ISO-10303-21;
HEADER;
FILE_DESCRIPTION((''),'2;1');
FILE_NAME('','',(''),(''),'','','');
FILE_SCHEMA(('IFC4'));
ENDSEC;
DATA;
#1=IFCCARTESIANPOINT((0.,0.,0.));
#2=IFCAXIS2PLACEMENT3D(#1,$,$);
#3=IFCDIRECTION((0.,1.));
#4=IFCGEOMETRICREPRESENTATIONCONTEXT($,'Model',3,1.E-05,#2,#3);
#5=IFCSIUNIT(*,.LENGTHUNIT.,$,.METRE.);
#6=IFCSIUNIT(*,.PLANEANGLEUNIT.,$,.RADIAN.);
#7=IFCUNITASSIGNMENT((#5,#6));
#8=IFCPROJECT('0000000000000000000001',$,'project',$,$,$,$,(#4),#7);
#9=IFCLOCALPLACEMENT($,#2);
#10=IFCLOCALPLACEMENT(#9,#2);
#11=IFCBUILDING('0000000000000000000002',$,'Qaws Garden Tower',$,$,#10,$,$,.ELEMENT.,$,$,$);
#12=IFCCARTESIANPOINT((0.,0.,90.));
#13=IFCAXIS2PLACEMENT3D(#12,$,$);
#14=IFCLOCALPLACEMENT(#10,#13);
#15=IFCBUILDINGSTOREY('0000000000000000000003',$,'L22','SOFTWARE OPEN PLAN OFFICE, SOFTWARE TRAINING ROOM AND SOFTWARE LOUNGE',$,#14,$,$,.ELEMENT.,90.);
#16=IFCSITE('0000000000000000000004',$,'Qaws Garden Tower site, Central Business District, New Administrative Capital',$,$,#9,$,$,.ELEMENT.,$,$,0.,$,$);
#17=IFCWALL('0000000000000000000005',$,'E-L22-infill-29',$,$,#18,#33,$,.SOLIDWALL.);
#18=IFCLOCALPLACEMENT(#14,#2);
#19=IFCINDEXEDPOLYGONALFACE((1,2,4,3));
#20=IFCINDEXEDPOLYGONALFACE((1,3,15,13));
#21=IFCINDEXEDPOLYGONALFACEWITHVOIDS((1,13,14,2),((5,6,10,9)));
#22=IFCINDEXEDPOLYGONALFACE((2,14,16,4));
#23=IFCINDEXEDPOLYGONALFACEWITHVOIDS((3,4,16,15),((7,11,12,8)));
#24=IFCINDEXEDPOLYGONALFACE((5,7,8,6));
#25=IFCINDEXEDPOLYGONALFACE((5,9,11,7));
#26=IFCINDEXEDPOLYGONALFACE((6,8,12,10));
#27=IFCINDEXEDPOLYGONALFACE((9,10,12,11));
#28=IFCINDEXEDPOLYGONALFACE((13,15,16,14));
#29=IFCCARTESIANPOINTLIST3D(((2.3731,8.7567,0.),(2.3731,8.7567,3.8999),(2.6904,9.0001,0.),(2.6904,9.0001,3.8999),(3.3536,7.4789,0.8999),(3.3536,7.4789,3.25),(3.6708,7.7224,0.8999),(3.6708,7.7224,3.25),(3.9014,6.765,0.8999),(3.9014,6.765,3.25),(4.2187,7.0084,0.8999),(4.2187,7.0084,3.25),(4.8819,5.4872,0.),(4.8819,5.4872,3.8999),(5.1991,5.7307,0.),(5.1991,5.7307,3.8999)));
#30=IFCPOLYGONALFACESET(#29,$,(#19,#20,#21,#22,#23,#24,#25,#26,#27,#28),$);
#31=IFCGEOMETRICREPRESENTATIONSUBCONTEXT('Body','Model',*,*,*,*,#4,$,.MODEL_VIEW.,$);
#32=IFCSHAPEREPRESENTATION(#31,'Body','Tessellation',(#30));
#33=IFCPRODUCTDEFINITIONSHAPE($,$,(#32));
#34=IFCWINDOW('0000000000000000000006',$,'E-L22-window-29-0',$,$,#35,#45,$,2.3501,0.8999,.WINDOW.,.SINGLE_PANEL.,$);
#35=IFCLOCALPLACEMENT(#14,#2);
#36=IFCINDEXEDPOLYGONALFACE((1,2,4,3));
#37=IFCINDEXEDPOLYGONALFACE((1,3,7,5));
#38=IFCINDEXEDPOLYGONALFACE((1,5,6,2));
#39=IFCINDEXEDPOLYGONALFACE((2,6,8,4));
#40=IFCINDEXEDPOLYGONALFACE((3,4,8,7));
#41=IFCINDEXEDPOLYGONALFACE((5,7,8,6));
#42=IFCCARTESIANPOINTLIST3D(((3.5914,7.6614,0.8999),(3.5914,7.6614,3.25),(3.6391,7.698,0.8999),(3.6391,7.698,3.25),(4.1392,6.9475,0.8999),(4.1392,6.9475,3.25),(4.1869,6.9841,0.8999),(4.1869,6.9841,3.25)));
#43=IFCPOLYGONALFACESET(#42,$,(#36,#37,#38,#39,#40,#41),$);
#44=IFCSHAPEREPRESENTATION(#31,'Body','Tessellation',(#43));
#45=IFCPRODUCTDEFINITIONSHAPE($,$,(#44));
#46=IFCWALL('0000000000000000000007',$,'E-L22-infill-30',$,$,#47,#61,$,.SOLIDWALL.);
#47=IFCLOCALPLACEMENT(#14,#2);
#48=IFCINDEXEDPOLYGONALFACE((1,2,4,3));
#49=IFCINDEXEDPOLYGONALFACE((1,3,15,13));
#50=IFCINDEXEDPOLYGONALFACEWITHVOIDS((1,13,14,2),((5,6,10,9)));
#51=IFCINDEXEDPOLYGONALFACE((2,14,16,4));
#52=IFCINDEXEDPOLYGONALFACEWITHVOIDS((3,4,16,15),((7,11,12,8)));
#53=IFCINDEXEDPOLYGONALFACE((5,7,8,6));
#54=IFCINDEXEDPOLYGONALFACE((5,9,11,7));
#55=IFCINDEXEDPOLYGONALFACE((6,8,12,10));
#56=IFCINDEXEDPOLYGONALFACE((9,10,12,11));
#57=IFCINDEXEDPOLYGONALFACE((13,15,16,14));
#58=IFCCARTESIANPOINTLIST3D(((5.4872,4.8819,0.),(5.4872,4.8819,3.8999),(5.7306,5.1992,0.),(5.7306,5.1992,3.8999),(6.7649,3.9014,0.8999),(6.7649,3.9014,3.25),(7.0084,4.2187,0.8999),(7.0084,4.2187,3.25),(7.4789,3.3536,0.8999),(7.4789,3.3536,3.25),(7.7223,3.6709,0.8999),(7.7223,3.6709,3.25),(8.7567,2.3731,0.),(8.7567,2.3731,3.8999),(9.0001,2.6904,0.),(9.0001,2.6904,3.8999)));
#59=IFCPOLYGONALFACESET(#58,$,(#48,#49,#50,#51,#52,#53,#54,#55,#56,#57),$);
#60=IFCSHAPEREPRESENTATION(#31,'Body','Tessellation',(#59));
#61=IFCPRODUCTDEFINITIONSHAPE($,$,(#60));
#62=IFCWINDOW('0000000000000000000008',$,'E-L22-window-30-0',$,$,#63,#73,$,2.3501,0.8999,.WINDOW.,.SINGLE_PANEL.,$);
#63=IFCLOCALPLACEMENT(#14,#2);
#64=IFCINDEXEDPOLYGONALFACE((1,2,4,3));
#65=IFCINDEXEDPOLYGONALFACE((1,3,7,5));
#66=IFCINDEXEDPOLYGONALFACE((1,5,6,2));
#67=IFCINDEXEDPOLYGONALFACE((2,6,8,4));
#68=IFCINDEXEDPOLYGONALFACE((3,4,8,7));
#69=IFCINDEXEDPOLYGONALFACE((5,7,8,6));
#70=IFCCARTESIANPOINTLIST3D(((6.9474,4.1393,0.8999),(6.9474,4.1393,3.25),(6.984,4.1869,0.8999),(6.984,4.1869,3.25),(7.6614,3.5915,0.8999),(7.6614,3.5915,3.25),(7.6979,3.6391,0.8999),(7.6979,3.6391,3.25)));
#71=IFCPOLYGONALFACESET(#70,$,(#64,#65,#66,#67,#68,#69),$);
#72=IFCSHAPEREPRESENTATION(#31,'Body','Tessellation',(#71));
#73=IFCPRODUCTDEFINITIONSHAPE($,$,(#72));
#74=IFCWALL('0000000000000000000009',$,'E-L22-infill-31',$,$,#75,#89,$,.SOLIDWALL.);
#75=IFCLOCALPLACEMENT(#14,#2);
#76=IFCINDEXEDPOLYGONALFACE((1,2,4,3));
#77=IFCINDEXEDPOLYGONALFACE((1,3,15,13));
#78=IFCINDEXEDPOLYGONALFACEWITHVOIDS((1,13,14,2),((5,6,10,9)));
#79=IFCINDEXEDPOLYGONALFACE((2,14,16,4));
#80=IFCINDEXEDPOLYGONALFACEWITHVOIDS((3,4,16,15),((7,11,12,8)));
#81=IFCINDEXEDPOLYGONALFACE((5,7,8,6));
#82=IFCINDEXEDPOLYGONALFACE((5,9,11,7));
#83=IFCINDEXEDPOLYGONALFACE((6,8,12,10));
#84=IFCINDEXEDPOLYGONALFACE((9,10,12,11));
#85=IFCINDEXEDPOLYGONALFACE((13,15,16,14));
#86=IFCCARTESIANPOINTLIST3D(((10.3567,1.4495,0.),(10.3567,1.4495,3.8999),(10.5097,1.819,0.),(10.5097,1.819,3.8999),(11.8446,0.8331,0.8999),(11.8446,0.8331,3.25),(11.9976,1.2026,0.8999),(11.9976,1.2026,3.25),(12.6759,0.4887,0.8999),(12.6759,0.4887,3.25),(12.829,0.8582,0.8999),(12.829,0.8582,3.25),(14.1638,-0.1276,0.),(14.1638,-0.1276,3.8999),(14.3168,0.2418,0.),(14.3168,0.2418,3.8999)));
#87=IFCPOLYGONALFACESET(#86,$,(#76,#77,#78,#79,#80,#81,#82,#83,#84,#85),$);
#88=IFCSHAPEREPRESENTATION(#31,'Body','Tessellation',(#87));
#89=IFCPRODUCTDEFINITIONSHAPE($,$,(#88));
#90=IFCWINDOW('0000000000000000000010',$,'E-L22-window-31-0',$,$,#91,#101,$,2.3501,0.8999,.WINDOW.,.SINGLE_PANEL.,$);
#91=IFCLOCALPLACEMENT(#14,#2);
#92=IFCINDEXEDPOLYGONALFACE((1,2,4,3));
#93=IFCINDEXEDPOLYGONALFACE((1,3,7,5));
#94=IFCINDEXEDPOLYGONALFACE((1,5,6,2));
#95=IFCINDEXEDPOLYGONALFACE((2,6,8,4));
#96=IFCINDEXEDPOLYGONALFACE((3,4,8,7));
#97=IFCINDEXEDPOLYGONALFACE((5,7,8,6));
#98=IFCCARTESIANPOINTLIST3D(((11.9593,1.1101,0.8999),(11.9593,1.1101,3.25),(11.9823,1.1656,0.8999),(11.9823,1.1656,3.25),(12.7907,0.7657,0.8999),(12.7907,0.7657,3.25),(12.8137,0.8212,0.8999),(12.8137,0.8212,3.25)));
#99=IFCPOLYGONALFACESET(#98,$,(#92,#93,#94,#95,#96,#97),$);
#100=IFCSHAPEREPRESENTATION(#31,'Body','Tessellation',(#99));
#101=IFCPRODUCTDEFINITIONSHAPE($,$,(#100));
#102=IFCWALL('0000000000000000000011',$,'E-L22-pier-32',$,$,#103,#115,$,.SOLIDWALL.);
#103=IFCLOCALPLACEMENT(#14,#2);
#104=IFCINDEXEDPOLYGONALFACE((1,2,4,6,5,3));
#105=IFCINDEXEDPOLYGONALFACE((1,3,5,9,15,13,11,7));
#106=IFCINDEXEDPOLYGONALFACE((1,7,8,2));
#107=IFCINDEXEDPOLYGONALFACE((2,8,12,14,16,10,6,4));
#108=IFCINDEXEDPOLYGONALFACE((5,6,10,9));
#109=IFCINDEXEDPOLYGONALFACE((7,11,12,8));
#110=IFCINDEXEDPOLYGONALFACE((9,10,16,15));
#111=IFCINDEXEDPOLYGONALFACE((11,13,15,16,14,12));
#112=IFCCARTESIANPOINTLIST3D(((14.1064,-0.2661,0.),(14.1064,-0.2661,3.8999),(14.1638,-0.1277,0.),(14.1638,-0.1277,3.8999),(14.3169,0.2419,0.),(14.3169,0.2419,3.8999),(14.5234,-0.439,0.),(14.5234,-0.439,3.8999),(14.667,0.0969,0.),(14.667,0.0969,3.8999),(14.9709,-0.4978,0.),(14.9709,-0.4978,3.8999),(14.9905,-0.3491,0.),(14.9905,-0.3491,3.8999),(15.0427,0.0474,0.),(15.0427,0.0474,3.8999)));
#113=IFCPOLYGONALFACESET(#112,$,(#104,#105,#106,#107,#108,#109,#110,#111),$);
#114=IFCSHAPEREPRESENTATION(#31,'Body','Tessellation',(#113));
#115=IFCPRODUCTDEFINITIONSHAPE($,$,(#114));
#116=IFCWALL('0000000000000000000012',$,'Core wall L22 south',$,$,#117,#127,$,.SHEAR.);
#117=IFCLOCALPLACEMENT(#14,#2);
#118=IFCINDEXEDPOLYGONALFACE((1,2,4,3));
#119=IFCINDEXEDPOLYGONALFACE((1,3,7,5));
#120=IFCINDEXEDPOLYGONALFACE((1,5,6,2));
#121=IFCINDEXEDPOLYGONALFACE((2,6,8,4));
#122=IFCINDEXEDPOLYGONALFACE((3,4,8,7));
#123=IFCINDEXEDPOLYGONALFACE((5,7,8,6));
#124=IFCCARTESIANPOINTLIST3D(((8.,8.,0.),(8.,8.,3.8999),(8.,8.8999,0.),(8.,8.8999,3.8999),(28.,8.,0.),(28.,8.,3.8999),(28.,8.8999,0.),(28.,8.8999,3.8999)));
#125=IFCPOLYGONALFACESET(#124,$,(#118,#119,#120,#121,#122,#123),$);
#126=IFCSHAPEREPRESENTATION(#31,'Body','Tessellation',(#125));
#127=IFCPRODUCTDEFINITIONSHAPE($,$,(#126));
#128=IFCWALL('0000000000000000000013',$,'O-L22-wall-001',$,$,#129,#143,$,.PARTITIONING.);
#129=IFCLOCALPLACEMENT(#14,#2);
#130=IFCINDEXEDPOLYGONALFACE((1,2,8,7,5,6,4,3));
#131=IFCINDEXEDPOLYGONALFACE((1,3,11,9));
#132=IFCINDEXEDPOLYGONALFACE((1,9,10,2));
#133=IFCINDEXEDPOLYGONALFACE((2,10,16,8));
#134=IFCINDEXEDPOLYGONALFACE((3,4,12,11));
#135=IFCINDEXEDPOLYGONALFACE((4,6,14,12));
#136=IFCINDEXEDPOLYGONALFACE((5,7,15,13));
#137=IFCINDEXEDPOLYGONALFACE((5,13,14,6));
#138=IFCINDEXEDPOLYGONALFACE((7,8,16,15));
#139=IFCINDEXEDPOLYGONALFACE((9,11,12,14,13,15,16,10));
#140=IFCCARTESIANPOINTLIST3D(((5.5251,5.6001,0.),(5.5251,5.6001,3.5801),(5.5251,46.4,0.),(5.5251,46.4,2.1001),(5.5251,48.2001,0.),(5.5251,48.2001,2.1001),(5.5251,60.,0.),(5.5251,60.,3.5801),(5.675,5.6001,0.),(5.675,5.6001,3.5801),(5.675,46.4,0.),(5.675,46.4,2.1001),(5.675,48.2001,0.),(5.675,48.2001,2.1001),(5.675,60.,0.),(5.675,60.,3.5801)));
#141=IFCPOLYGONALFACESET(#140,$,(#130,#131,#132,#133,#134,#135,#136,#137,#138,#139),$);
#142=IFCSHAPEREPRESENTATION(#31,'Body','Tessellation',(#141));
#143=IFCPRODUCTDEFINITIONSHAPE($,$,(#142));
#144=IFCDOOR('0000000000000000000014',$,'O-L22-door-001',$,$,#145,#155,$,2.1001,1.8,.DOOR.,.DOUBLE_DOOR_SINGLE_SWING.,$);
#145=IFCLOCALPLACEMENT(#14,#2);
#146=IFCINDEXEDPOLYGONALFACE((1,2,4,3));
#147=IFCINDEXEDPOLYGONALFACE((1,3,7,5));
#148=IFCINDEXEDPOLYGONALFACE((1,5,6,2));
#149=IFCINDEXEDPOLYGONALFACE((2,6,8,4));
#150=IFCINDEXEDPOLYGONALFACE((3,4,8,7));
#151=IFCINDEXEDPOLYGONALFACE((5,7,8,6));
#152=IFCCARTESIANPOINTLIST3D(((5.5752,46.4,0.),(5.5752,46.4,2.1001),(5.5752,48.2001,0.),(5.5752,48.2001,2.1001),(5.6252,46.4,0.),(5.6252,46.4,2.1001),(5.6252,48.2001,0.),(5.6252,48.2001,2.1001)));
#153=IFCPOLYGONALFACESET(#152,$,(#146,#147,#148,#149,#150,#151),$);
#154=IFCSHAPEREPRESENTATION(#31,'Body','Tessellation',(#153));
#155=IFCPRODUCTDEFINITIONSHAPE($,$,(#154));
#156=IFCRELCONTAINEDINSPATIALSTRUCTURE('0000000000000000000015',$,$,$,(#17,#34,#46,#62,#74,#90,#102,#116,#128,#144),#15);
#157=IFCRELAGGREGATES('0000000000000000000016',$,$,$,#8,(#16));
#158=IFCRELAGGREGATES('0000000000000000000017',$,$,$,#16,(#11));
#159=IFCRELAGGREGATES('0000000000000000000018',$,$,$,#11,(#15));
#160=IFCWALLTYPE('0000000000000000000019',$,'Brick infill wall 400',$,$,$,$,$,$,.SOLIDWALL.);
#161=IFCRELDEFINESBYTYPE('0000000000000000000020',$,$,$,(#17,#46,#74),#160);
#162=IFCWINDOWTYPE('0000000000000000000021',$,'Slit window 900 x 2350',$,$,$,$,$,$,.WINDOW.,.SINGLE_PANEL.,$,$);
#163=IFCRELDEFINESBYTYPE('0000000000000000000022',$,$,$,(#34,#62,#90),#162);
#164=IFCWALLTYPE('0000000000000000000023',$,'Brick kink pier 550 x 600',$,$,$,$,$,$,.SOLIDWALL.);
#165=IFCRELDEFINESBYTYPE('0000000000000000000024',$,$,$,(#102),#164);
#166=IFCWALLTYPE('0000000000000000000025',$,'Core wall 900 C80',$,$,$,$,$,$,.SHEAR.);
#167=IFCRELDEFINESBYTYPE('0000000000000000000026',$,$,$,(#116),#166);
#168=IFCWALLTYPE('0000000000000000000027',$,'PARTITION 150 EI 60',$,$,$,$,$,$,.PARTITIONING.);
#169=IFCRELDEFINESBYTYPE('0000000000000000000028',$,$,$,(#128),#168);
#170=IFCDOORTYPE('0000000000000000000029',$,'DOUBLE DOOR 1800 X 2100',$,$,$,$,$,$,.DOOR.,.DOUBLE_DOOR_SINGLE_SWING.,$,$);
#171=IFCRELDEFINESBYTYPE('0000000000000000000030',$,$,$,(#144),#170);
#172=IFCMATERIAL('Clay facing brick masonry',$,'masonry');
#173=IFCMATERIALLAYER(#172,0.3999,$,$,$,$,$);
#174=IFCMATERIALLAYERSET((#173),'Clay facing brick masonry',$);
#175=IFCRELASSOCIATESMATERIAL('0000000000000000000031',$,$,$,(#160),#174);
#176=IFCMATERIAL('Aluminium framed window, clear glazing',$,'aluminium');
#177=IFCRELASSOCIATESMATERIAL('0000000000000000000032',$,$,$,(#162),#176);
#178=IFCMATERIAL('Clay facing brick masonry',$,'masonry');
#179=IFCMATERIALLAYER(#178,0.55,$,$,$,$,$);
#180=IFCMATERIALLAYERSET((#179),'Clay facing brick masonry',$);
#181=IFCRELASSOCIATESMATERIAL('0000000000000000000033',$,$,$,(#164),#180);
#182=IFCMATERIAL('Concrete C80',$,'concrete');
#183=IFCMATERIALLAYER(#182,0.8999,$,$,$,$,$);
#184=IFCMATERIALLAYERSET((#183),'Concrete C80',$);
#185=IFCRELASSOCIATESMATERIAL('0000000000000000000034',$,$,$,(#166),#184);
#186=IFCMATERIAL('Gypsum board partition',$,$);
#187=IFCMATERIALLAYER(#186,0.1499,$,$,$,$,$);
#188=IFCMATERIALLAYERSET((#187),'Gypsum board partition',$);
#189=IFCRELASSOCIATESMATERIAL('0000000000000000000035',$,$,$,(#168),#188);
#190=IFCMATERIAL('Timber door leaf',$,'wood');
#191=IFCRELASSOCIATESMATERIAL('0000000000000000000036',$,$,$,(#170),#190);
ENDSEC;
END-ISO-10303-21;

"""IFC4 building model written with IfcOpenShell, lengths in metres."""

from ifc_helpers import new_model, si_unit, direction, frame, frame_2d, origin, place, context, subcontext, project, spatial, polyline, rectangle, outline, extrude, material, layer, layer_set, type_object, element, fill, save


model = new_model("IFC4")

# Units and contexts
model_context = context("Model", 3, precision=1e-05, world=origin(), true_north=direction((0.0, 1.0)))
body_context = subcontext(model_context, "Body", "Model", "MODEL_VIEW")
ifc_project = project(units=[si_unit("LENGTHUNIT", "METRE"), si_unit("PLANEANGLEUNIT", "RADIAN")], contexts=[model_context])

# Site, building, storey
site_placement = place(None, origin())
site = spatial("IfcSite", under=ifc_project, at=site_placement, Name="Qaws Garden Tower site, Central Business District, New Administrative Capital", CompositionType="ELEMENT", RefElevation=0.0)
building_placement = place(site_placement, origin())
building = spatial("IfcBuilding", under=site, at=building_placement, Name="Qaws Garden Tower", CompositionType="ELEMENT")
storey_placement = place(building_placement, frame((0.0, 0.0, 90.0)))
storey = spatial("IfcBuildingStorey", under=building, at=storey_placement, Name="L22", Description="SOFTWARE OPEN PLAN OFFICE, SOFTWARE TRAINING ROOM AND SOFTWARE LOUNGE", CompositionType="ELEMENT", Elevation=90.0)

# Shared definitions
placement_1 = place(storey_placement, origin())

# Walls, openings, windows
ifc_material_1 = material(Name="Clay facing brick masonry", Category="masonry")
ifc_layer_1 = layer(ifc_material_1, 0.3999)
ifc_layer_set_1 = layer_set([ifc_layer_1], Name="Clay facing brick masonry")
wall_type_1 = type_object("IfcWallType", Name="Brick infill wall 400", PredefinedType="SOLIDWALL", material=ifc_layer_set_1)
wall_1_placement = place(storey_placement, frame((2.5317, 8.8784, 0.0), z_axis=(0.0, 0.0, 1.0), x_axis=(0.60876, -0.793355, 0.0)))
wall_1 = element("IfcWall", 1, at=wall_1_placement, inside=storey, type_object=wall_type_1, Name="E-L22-infill-29", PredefinedType="SOLIDWALL", context=body_context, shape_type="SweptSolid", body=[
    extrude(rectangle(XDim=4.1211, YDim=0.3999, at=frame_2d((2.0605, 0.0))), origin(), (0.0, 0.0, 1.0), 3.8999),
])
opening_1_placement = place(wall_1_placement, frame((1.6106, 0.0, 0.8999)))
opening_1 = element("IfcOpeningElement", 2, at=opening_1_placement, cuts=wall_1, PredefinedType="OPENING", context=body_context, shape_type="SweptSolid", body=[
    extrude(rectangle(XDim=0.8999, YDim=2.3501, at=frame_2d((0.45, 1.175))), frame((0.0, 0.21, 0.0), z_axis=(0.0, -1.0, 0.0), x_axis=(1.0, 0.0, 0.0)), (0.0, 0.0, 1.0), 0.4199),
])
ifc_material_2 = material(Name="Aluminium framed window, clear glazing", Category="aluminium")
window_type = type_object("IfcWindowType", Name="Slit window 900 x 2350", PartitioningType="SINGLE_PANEL", PredefinedType="WINDOW", material=ifc_material_2)
window_1_placement = place(opening_1_placement, origin())
window_1 = element("IfcWindow", 3, at=window_1_placement, inside=storey, type_object=window_type, Name="E-L22-window-29-0", OverallHeight=2.3501, OverallWidth=0.8999, PartitioningType="SINGLE_PANEL", PredefinedType="WINDOW", context=body_context, shape_type="SweptSolid", body=[
    extrude(rectangle(XDim=0.8999, YDim=2.3501, at=frame_2d((0.45, 1.175))), frame((0.0, 0.1599, 0.0), z_axis=(0.0, -1.0, 0.0), x_axis=(1.0, 0.0, 0.0)), (0.0, 0.0, 1.0), 0.0601),
])
fill(opening_1, window_1)
wall_2_placement = place(storey_placement, frame((5.6089, 5.0405, 0.0), z_axis=(0.0, 0.0, 1.0), x_axis=(0.793355, -0.60876, 0.0)))
wall_2 = element("IfcWall", 4, at=wall_2_placement, inside=storey, type_object=wall_type_1, Name="E-L22-infill-30", PredefinedType="SOLIDWALL", context=body_context, shape_type="SweptSolid", body=[
    extrude(rectangle(XDim=4.1211, YDim=0.3999, at=frame_2d((2.0605, 0.0))), origin(), (0.0, 0.0, 1.0), 3.8999),
])
opening_2_placement = place(wall_2_placement, frame((1.6106, 0.0, 0.8999)))
opening_2 = element("IfcOpeningElement", 5, at=opening_2_placement, cuts=wall_2, PredefinedType="OPENING", context=body_context, shape_type="SweptSolid", body=[
    extrude(rectangle(XDim=0.8999, YDim=2.3501, at=frame_2d((0.45, 1.175))), frame((0.0, 0.21, 0.0), z_axis=(0.0, -1.0, 0.0), x_axis=(1.0, 0.0, 0.0)), (0.0, 0.0, 1.0), 0.4199),
])
window_2_placement = place(opening_2_placement, origin())
window_2 = element("IfcWindow", 6, at=window_2_placement, inside=storey, type_object=window_type, Name="E-L22-window-30-0", OverallHeight=2.3501, OverallWidth=0.8999, PartitioningType="SINGLE_PANEL", PredefinedType="WINDOW", context=body_context, shape_type="SweptSolid", body=[
    extrude(rectangle(XDim=0.8999, YDim=2.3501, at=frame_2d((0.45, 1.175))), frame((0.0, 0.1599, 0.0), z_axis=(0.0, -1.0, 0.0), x_axis=(1.0, 0.0, 0.0)), (0.0, 0.0, 1.0), 0.0601),
])
fill(opening_2, window_2)
wall_3_placement = place(storey_placement, frame((10.4331, 1.6343, 0.0), z_axis=(0.0, 0.0, 1.0), x_axis=(0.923864, -0.382722, 0.0)))
wall_3 = element("IfcWall", 7, at=wall_3_placement, inside=storey, type_object=wall_type_1, Name="E-L22-infill-31", PredefinedType="SOLIDWALL", context=body_context, shape_type="SweptSolid", body=[
    extrude(rectangle(XDim=4.1208, YDim=0.3999, at=frame_2d((2.0605, 0.0))), origin(), (0.0, 0.0, 1.0), 3.8999),
])
opening_3_placement = place(wall_3_placement, frame((1.6106, 0.0, 0.8999)))
opening_3 = element("IfcOpeningElement", 8, at=opening_3_placement, cuts=wall_3, PredefinedType="OPENING", context=body_context, shape_type="SweptSolid", body=[
    extrude(rectangle(XDim=0.8999, YDim=2.3501, at=frame_2d((0.45, 1.175))), frame((0.0, 0.21, 0.0), z_axis=(0.0, -1.0, 0.0), x_axis=(1.0, 0.0, 0.0)), (0.0, 0.0, 1.0), 0.4199),
])
window_3_placement = place(opening_3_placement, origin())
window_3 = element("IfcWindow", 9, at=window_3_placement, inside=storey, type_object=window_type, Name="E-L22-window-31-0", OverallHeight=2.3501, OverallWidth=0.8999, PartitioningType="SINGLE_PANEL", PredefinedType="WINDOW", context=body_context, shape_type="SweptSolid", body=[
    extrude(rectangle(XDim=0.8999, YDim=2.3501, at=frame_2d((0.45, 1.175))), frame((0.0, 0.1599, 0.0), z_axis=(0.0, -1.0, 0.0), x_axis=(1.0, 0.0, 0.0)), (0.0, 0.0, 1.0), 0.0601),
])
fill(opening_3, window_3)

# Walls
ifc_material_3 = material(Name="Clay facing brick masonry", Category="masonry")
ifc_layer_2 = layer(ifc_material_3, 0.55)
ifc_layer_set_2 = layer_set([ifc_layer_2], Name="Clay facing brick masonry")
wall_type_2 = type_object("IfcWallType", Name="Brick kink pier 550 x 600", PredefinedType="SOLIDWALL", material=ifc_layer_set_2)
element("IfcWall", 10, at=placement_1, inside=storey, type_object=wall_type_2, Name="E-L22-pier-32", PredefinedType="SOLIDWALL", context=body_context, shape_type="SweptSolid", body=[
    extrude(outline(polyline([(14.1638, -0.1277), (14.1064, -0.2661), (14.5234, -0.439), (14.9709, -0.4978), (14.9905, -0.3491), (15.0427, 0.0474), (14.667, 0.0969), (14.3169, 0.2419), (14.1638, -0.1277)])), origin(), (0.0, 0.0, 1.0), 3.8999),
])
ifc_material_4 = material(Name="Concrete C80", Category="concrete")
ifc_layer_3 = layer(ifc_material_4, 0.8999)
ifc_layer_set_3 = layer_set([ifc_layer_3], Name="Concrete C80")
wall_type_3 = type_object("IfcWallType", Name="Core wall 900 C80", PredefinedType="SHEAR", material=ifc_layer_set_3)
wall_4_placement = place(storey_placement, frame((8.0, 8.45, 0.0), z_axis=(0.0, 0.0, 1.0), x_axis=(1.0, 0.0, 0.0)))
element("IfcWall", 11, at=wall_4_placement, inside=storey, type_object=wall_type_3, Name="Core wall L22 south", PredefinedType="SHEAR", context=body_context, shape_type="SweptSolid", body=[
    extrude(rectangle(XDim=20.0, YDim=0.8999, at=frame_2d((10.0, 0.0))), origin(), (0.0, 0.0, 1.0), 3.8999),
])

# Wall, opening, door
ifc_material_5 = material(Name="Gypsum board partition")
ifc_layer_4 = layer(ifc_material_5, 0.1499)
ifc_layer_set_4 = layer_set([ifc_layer_4], Name="Gypsum board partition")
wall_type_4 = type_object("IfcWallType", Name="PARTITION 150 EI 60", PredefinedType="PARTITIONING", material=ifc_layer_set_4)
wall_5_placement = place(storey_placement, frame((5.6001, 5.6001, 0.0), z_axis=(0.0, 0.0, 1.0), x_axis=(0.0, 1.0, 0.0)))
wall_5 = element("IfcWall", 12, at=wall_5_placement, inside=storey, type_object=wall_type_4, Name="O-L22-wall-001", PredefinedType="PARTITIONING", context=body_context, shape_type="SweptSolid", body=[
    extrude(rectangle(XDim=54.3999, YDim=0.1499, at=frame_2d((27.2, 0.0))), origin(), (0.0, 0.0, 1.0), 3.5801),
])
opening_4_placement = place(wall_5_placement, frame((40.8, 0.0, 0.0)))
opening_4 = element("IfcOpeningElement", 13, at=opening_4_placement, cuts=wall_5, PredefinedType="OPENING", context=body_context, shape_type="SweptSolid", body=[
    extrude(rectangle(XDim=1.8, YDim=2.1001, at=frame_2d((0.8999, 1.05))), frame((0.0, 0.085, 0.0), z_axis=(0.0, -1.0, 0.0), x_axis=(1.0, 0.0, 0.0)), (0.0, 0.0, 1.0), 0.1699),
])
ifc_material_6 = material(Name="Timber door leaf", Category="wood")
door_type_1 = type_object("IfcDoorType", Name="DOUBLE DOOR 1800 X 2100", OperationType="DOUBLE_DOOR_SINGLE_SWING", PredefinedType="DOOR", material=ifc_material_6)
door_1_placement = place(opening_4_placement, origin())
door_1 = element("IfcDoor", 14, at=door_1_placement, inside=storey, type_object=door_type_1, Name="O-L22-door-001", OperationType="DOUBLE_DOOR_SINGLE_SWING", OverallHeight=2.1001, OverallWidth=1.8, PredefinedType="DOOR", context=body_context, shape_type="SweptSolid", body=[
    extrude(rectangle(XDim=1.8, YDim=2.1001, at=frame_2d((0.8999, 1.05))), frame((0.0, 0.0249, 0.0), z_axis=(0.0, -1.0, 0.0), x_axis=(1.0, 0.0, 0.0)), (0.0, 0.0, 1.0), 0.05),
])
fill(opening_4, door_1)

save(model, "model.ifc")
